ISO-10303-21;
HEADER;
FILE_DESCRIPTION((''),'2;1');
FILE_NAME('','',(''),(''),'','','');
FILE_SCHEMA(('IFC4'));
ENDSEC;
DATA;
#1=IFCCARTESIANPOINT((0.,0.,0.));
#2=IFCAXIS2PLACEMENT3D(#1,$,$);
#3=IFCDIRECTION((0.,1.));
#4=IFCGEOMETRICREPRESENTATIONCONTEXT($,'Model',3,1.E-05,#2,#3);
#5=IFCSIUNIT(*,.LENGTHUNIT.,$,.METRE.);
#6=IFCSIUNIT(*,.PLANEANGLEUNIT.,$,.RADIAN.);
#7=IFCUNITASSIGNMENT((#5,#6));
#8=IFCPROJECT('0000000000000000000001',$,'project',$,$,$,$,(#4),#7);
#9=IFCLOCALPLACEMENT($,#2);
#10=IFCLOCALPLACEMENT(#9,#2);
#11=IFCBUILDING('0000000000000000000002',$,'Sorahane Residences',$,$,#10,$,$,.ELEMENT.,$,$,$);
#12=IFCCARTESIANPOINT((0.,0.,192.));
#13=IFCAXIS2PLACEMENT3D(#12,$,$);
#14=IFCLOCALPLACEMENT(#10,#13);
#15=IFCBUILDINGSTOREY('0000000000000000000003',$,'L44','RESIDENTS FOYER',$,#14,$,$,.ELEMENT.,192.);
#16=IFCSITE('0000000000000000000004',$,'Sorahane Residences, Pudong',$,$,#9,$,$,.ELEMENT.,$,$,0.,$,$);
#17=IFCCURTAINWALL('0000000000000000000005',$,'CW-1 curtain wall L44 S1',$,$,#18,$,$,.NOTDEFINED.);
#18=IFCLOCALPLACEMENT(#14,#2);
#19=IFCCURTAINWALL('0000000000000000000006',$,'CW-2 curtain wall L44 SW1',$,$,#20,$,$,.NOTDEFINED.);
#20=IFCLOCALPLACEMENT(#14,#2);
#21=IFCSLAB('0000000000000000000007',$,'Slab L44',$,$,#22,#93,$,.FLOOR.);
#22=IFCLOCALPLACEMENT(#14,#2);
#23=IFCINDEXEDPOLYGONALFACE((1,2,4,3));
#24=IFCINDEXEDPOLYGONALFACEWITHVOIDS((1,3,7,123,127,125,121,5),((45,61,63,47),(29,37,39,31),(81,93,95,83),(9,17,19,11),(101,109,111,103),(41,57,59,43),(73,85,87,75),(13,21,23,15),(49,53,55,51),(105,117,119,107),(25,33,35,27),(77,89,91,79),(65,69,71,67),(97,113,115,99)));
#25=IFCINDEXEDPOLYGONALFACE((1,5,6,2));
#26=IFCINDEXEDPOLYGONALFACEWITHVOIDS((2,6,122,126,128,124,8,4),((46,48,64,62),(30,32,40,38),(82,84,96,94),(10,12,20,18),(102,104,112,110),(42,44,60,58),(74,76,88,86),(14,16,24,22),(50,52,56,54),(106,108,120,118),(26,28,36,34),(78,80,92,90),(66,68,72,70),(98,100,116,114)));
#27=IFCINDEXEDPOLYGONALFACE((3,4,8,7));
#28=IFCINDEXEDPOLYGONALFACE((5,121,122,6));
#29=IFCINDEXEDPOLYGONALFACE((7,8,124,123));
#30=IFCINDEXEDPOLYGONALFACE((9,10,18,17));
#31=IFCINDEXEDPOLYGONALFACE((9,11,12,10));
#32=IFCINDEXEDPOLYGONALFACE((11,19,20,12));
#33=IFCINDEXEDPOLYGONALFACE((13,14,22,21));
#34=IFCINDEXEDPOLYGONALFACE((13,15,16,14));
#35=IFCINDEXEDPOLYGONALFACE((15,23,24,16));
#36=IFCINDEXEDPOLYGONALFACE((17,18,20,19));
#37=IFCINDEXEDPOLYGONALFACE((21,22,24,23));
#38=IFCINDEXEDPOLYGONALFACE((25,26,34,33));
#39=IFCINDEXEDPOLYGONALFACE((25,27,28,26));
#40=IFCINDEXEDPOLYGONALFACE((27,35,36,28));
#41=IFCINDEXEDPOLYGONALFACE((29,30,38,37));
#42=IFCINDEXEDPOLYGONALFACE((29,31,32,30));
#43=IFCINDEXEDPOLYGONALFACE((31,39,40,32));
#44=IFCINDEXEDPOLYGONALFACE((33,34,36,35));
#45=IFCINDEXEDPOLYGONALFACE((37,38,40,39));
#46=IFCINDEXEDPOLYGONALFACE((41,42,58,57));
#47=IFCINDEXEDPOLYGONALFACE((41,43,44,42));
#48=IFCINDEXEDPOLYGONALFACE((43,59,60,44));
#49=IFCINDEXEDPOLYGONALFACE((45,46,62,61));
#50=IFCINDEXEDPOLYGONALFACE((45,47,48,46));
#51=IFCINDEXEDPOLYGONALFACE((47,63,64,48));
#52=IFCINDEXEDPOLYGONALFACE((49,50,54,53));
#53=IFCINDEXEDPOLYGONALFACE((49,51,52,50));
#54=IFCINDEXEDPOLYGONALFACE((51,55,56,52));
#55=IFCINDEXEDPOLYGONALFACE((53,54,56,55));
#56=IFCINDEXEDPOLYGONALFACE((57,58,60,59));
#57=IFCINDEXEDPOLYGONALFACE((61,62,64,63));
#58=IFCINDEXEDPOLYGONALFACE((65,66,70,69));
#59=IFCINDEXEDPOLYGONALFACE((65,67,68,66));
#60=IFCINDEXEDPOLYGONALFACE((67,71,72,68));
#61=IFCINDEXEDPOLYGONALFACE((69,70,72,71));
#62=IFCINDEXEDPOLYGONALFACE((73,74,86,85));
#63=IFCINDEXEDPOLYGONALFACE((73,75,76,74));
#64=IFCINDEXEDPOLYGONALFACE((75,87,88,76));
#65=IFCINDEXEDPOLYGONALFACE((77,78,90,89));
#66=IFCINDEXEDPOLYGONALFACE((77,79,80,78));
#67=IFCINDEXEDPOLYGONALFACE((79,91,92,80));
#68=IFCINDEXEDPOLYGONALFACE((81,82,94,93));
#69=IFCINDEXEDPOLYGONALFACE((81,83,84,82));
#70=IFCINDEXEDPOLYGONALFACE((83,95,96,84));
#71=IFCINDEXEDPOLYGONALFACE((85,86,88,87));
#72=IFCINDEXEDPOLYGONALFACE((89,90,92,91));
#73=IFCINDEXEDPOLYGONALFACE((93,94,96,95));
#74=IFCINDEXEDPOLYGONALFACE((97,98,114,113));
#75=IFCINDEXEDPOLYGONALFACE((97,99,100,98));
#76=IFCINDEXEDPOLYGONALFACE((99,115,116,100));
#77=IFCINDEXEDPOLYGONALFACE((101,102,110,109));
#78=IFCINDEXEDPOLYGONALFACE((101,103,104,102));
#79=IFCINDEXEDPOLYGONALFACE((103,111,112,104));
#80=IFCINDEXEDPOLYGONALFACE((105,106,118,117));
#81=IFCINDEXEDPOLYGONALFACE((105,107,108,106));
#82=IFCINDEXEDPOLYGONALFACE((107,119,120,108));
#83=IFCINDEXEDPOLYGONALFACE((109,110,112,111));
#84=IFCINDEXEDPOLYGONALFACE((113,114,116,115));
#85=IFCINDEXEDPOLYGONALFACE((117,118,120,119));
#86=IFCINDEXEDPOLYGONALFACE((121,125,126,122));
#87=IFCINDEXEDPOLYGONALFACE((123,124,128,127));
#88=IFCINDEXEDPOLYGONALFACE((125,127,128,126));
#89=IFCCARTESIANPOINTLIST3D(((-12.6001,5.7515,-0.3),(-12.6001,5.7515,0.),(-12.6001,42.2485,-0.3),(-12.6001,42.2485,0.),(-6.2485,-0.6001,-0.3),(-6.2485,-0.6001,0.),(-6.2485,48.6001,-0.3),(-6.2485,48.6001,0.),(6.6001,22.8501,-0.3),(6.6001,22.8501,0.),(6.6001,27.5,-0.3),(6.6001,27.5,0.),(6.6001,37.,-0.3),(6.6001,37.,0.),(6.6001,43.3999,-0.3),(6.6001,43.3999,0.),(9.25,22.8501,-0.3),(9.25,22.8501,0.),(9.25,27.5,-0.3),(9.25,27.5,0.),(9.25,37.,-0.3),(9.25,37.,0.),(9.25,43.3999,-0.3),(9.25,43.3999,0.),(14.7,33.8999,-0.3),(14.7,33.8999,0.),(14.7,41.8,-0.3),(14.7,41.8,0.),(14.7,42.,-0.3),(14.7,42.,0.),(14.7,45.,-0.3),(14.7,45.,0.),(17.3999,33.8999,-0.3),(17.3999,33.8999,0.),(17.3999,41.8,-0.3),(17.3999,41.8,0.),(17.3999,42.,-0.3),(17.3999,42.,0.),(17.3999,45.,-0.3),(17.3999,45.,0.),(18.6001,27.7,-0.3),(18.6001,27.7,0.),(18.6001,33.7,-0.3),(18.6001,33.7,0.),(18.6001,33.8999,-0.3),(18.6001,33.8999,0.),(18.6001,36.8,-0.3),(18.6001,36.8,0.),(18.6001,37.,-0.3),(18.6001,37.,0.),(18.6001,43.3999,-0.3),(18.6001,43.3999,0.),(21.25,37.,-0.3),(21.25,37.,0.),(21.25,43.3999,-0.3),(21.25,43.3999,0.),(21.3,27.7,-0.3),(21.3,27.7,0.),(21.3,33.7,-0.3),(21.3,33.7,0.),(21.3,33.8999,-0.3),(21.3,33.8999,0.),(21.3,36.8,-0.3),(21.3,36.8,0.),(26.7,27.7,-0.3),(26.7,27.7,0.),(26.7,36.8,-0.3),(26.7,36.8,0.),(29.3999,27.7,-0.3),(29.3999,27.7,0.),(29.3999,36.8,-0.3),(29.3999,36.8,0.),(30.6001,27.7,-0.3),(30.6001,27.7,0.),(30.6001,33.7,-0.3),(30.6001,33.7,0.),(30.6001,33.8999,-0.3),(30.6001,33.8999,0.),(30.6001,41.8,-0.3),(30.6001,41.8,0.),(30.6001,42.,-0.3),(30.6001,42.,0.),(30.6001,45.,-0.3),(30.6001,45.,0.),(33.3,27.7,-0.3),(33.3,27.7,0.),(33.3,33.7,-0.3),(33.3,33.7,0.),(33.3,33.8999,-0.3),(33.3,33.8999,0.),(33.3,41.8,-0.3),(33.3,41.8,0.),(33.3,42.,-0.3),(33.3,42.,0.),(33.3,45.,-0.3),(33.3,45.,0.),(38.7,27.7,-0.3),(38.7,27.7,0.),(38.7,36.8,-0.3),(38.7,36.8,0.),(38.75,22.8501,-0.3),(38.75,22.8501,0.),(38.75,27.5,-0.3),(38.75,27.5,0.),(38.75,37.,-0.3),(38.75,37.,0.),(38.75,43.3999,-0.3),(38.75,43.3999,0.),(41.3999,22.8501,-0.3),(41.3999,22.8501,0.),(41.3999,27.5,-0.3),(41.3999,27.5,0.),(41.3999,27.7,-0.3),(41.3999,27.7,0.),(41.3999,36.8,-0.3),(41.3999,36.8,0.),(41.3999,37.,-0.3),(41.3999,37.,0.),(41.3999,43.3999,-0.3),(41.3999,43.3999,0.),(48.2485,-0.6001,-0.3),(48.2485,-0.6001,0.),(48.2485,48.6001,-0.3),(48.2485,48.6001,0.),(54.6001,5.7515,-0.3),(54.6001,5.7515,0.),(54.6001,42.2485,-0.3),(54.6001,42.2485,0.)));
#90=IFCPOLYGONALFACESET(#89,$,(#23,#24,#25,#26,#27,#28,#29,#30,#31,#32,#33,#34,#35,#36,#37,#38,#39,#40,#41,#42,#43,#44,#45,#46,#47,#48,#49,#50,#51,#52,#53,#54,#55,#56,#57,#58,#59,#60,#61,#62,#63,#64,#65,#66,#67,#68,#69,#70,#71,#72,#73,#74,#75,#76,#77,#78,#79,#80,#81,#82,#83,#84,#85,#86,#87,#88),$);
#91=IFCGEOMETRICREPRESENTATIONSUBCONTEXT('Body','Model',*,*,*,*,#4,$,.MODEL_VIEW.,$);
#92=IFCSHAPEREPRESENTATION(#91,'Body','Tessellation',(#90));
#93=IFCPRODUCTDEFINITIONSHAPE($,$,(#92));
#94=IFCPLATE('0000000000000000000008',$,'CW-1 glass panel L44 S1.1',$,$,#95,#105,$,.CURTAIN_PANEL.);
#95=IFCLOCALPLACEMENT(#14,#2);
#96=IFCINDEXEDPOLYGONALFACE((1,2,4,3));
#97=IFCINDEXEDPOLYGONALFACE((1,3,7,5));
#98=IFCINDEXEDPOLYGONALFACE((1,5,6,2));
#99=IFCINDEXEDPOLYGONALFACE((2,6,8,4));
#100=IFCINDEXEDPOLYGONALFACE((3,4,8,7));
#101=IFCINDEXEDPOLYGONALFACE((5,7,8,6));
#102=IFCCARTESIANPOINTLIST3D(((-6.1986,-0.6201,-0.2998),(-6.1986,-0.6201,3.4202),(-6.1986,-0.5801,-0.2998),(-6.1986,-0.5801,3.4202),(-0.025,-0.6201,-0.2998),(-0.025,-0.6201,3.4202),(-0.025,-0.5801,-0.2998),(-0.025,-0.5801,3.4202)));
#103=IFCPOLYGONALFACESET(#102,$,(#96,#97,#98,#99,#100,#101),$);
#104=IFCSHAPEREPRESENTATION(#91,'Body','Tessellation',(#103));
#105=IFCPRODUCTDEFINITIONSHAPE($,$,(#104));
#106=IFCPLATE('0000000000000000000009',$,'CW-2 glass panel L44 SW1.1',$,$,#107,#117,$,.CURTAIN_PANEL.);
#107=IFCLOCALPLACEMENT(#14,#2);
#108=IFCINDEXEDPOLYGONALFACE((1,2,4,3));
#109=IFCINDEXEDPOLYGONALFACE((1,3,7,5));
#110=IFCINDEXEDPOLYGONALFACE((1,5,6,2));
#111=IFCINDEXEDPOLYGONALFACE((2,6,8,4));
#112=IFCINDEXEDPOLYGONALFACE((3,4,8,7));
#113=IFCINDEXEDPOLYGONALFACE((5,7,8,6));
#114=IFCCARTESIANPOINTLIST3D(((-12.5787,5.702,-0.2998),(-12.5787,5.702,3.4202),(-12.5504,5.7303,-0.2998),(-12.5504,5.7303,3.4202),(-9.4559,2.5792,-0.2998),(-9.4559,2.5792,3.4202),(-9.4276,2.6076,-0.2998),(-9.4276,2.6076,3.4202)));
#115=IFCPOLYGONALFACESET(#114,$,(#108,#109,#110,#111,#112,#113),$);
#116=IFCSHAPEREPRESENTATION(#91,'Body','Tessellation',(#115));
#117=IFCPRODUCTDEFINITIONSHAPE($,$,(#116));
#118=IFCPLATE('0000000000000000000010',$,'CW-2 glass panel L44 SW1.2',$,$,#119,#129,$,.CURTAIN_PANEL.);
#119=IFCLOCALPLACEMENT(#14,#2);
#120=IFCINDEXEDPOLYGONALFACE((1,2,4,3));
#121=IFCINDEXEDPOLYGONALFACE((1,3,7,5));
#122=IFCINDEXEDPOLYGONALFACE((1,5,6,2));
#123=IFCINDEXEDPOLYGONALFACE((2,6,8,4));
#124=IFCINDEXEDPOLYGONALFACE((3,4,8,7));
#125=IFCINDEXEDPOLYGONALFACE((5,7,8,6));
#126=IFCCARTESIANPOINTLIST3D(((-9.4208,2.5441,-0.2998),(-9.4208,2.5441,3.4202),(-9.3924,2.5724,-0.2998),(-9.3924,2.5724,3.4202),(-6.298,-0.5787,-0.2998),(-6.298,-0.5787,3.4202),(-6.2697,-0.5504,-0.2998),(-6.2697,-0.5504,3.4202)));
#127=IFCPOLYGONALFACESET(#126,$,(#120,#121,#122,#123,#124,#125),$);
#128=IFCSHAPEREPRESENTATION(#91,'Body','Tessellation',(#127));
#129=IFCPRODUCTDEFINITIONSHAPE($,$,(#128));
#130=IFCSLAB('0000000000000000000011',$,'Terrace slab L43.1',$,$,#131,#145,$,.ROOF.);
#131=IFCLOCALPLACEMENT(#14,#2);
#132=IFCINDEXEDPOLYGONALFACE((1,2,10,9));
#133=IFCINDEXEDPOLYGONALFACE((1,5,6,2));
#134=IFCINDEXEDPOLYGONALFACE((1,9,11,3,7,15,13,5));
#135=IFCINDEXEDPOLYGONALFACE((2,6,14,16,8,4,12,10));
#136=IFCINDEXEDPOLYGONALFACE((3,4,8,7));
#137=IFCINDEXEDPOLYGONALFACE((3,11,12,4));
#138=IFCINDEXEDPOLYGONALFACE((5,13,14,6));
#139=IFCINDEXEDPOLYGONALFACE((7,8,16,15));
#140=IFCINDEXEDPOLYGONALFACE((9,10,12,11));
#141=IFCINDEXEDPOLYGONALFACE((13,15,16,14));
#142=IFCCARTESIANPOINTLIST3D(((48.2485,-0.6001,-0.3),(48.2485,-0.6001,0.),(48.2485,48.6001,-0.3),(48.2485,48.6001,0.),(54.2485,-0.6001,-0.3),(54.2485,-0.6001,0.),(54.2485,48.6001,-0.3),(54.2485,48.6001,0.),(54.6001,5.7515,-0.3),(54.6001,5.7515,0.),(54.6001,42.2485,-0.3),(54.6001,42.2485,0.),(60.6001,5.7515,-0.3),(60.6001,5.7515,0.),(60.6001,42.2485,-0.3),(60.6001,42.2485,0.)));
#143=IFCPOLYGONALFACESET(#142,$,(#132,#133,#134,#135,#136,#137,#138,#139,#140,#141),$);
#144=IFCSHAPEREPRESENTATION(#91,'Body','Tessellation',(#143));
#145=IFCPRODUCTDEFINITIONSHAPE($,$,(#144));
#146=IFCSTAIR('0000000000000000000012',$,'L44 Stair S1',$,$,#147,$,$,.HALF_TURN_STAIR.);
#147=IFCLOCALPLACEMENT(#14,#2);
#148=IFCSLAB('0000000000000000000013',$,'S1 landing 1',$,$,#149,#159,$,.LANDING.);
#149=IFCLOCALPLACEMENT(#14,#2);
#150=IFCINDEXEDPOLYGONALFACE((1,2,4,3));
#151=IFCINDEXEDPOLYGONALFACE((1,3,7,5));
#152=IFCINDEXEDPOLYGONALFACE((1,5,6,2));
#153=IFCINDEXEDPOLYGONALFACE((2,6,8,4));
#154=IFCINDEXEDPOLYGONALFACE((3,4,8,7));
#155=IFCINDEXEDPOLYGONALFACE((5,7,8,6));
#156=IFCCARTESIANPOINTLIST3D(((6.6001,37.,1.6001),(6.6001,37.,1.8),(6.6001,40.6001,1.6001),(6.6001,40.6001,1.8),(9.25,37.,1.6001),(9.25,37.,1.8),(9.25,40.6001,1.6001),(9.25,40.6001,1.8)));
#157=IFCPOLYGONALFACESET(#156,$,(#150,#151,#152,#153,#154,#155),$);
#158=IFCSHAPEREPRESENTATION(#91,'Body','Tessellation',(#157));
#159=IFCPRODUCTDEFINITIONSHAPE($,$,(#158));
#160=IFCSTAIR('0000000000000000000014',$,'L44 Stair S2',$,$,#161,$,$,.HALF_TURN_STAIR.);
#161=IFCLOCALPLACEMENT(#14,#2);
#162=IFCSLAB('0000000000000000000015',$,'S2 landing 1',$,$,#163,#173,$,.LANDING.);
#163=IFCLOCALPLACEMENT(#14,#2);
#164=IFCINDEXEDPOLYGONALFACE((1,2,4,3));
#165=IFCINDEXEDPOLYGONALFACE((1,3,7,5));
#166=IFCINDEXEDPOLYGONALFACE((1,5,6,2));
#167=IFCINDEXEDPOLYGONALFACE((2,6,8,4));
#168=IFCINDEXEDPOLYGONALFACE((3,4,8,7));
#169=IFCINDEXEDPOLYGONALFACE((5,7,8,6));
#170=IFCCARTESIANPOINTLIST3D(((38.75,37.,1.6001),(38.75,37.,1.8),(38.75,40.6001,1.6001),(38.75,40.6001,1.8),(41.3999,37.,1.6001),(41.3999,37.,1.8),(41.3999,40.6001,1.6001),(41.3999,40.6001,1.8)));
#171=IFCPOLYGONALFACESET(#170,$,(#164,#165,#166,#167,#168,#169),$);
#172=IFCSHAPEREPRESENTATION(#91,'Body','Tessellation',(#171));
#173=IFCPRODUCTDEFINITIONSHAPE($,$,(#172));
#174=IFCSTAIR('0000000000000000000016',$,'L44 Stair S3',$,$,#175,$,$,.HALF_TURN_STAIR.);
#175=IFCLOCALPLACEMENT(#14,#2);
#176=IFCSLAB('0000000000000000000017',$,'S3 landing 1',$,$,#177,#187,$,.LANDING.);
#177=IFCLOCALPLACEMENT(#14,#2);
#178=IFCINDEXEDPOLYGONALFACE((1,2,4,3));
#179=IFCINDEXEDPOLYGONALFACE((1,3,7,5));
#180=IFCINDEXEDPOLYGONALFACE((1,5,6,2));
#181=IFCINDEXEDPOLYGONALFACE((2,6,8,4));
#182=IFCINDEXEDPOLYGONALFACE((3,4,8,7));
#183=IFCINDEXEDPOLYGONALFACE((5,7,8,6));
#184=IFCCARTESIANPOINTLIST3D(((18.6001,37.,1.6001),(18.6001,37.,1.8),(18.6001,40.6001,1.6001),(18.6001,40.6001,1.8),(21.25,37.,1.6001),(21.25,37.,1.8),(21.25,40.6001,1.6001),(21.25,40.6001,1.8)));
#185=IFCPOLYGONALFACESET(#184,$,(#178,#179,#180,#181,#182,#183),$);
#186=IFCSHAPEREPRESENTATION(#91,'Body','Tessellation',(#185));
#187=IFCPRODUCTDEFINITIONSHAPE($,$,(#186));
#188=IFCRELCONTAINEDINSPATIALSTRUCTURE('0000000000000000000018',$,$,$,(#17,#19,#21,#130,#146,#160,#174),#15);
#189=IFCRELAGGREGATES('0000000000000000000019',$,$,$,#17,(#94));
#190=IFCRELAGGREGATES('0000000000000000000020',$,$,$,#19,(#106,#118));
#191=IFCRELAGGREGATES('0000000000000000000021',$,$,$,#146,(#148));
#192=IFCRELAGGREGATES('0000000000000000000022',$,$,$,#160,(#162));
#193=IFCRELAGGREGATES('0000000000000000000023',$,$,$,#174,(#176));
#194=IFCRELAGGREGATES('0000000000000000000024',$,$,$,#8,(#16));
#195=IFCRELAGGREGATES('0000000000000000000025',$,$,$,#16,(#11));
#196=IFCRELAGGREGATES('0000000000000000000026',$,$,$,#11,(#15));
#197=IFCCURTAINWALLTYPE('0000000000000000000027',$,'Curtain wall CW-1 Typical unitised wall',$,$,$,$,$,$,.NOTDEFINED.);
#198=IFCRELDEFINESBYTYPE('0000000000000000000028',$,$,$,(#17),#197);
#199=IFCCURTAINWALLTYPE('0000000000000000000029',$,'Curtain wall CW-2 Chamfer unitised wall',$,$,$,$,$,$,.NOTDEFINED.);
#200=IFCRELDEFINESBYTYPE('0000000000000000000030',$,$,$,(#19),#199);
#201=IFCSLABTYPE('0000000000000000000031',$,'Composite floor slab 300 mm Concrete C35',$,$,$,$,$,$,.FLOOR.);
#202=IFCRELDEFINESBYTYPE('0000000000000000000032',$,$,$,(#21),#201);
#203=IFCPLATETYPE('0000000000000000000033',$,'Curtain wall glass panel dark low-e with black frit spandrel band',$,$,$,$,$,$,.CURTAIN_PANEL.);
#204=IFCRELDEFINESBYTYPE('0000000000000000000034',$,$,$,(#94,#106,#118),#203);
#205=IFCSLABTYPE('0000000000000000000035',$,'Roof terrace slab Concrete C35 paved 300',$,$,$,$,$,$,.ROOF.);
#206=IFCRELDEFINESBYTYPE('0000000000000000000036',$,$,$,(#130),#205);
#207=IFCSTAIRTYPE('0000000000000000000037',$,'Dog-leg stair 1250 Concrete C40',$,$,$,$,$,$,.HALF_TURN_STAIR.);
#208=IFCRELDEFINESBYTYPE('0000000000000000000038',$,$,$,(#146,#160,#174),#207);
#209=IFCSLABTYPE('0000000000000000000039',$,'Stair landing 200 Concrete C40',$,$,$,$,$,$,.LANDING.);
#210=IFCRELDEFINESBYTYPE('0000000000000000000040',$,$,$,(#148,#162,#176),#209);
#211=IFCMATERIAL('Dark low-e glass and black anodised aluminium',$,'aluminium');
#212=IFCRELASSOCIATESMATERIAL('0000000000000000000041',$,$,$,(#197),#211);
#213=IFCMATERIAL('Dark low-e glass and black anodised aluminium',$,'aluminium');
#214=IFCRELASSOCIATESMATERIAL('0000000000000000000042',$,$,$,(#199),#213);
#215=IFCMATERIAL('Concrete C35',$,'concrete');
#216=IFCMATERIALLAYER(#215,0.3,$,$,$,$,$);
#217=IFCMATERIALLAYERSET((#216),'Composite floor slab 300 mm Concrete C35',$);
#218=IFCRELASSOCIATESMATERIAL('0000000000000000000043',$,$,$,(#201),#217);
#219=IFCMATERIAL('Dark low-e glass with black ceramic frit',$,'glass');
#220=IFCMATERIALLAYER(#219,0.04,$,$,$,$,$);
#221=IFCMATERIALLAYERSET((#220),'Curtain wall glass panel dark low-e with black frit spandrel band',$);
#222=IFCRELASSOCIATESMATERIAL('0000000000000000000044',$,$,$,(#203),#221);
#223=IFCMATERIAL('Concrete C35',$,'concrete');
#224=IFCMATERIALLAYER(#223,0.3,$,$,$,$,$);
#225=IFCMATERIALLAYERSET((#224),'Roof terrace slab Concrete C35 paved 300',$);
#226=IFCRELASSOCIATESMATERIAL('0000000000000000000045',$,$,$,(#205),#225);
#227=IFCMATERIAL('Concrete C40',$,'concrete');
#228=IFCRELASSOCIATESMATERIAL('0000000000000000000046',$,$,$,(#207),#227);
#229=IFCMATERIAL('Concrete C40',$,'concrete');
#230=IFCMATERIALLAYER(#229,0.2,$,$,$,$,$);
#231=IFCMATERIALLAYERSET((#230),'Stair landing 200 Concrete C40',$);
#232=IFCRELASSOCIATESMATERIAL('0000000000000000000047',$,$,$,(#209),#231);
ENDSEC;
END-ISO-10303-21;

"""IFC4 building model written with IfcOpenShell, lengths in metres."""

from ifc_helpers import new_model, si_unit, direction, frame, origin, origin_2d, place, context, subcontext, project, spatial, polyline, rectangle, outline, extrude, material, layer, layer_set, type_object, element, aggregate, save


model = new_model("IFC4")

# Units and contexts
model_context = context("Model", 3, precision=1e-05, world=origin(), true_north=direction((0.0, 1.0)))
body_context = subcontext(model_context, "Body", "Model", "MODEL_VIEW")
ifc_project = project(units=[si_unit("LENGTHUNIT", "METRE"), si_unit("PLANEANGLEUNIT", "RADIAN")], contexts=[model_context])

# Site, building, storey
site_placement = place(None, origin())
site = spatial("IfcSite", under=ifc_project, at=site_placement, Name="Sorahane Residences, Pudong", CompositionType="ELEMENT", RefElevation=0.0)
building_placement = place(site_placement, origin())
building = spatial("IfcBuilding", under=site, at=building_placement, Name="Sorahane Residences", CompositionType="ELEMENT")
storey_placement = place(building_placement, frame((0.0, 0.0, 192.0)))
storey = spatial("IfcBuildingStorey", under=building, at=storey_placement, Name="L44", Description="RESIDENTS FOYER", CompositionType="ELEMENT", Elevation=192.0)

# Curtain wall
ifc_material_1 = material(Name="Dark low-e glass and black anodised aluminium", Category="aluminium")
curtain_wall_type_1 = type_object("IfcCurtainWallType", Name="Curtain wall CW-1 Typical unitised wall", PredefinedType="NOTDEFINED", material=ifc_material_1)
curtain_wall_1_placement = place(storey_placement, origin())
curtain_wall_1 = element("IfcCurtainWall", 1, at=curtain_wall_1_placement, inside=storey, type_object=curtain_wall_type_1, Name="CW-1 curtain wall L44 S1", PredefinedType="NOTDEFINED")

# Curtain wall
ifc_material_2 = material(Name="Dark low-e glass and black anodised aluminium", Category="aluminium")
curtain_wall_type_2 = type_object("IfcCurtainWallType", Name="Curtain wall CW-2 Chamfer unitised wall", PredefinedType="NOTDEFINED", material=ifc_material_2)
curtain_wall_2_placement = place(storey_placement, origin())
curtain_wall_2 = element("IfcCurtainWall", 2, at=curtain_wall_2_placement, inside=storey, type_object=curtain_wall_type_2, Name="CW-2 curtain wall L44 SW1", PredefinedType="NOTDEFINED")

# Slab
ifc_material_3 = material(Name="Concrete C35", Category="concrete")
ifc_layer_1 = layer(ifc_material_3, 0.3)
ifc_layer_set_1 = layer_set([ifc_layer_1], Name="Composite floor slab 300 mm Concrete C35")
slab_type_1 = type_object("IfcSlabType", Name="Composite floor slab 300 mm Concrete C35", PredefinedType="FLOOR", material=ifc_layer_set_1)
slab_1_placement = place(storey_placement, frame((0.0, 0.0, -0.3)))
element("IfcSlab", 3, at=slab_1_placement, inside=storey, type_object=slab_type_1, Name="Slab L44", PredefinedType="FLOOR", context=body_context, shape_type="SweptSolid", body=[
    extrude(outline(polyline([(-6.2485, -0.6001), (-12.6001, 5.7515), (-12.6001, 42.2485), (-6.2485, 48.6001), (48.2485, 48.6001), (54.6001, 42.2485), (54.6001, 5.7515), (48.2485, -0.6001), (-6.2485, -0.6001)]), holes=[polyline([(18.6001, 27.7), (21.3, 27.7), (21.3, 33.7), (18.6001, 33.7), (18.6001, 27.7)]), polyline([(38.7, 27.7), (41.3999, 27.7), (41.3999, 36.8), (38.7, 36.8), (38.7, 27.7)]), polyline([(30.6001, 27.7), (33.3, 27.7), (33.3, 33.7), (30.6001, 33.7), (30.6001, 27.7)]), polyline([(30.6001, 42.0), (33.3, 42.0), (33.3, 45.0), (30.6001, 45.0), (30.6001, 42.0)]), polyline([(14.7, 42.0), (17.3999, 42.0), (17.3999, 45.0), (14.7, 45.0), (14.7, 42.0)]), polyline([(6.6001, 43.3999), (6.6001, 37.0), (9.25, 37.0), (9.25, 43.3999), (6.6001, 43.3999)]), polyline([(38.75, 43.3999), (38.75, 37.0), (41.3999, 37.0), (41.3999, 43.3999), (38.75, 43.3999)]), polyline([(18.6001, 43.3999), (18.6001, 37.0), (21.25, 37.0), (21.25, 43.3999), (18.6001, 43.3999)]), polyline([(9.25, 22.8501), (9.25, 27.5), (6.6001, 27.5), (6.6001, 22.8501), (9.25, 22.8501)]), polyline([(41.3999, 22.8501), (41.3999, 27.5), (38.75, 27.5), (38.75, 22.8501), (41.3999, 22.8501)]), polyline([(14.7, 33.8999), (17.3999, 33.8999), (17.3999, 41.8), (14.7, 41.8), (14.7, 33.8999)]), polyline([(30.6001, 33.8999), (33.3, 33.8999), (33.3, 41.8), (30.6001, 41.8), (30.6001, 33.8999)]), polyline([(18.6001, 33.8999), (21.3, 33.8999), (21.3, 36.8), (18.6001, 36.8), (18.6001, 33.8999)]), polyline([(26.7, 27.7), (29.3999, 27.7), (29.3999, 36.8), (26.7, 36.8), (26.7, 27.7)])]), origin(), (0.0, 0.0, 1.0), 0.3),
])

# Plates
ifc_material_4 = material(Name="Dark low-e glass with black ceramic frit", Category="glass")
ifc_layer_2 = layer(ifc_material_4, 0.04)
ifc_layer_set_2 = layer_set([ifc_layer_2], Name="Curtain wall glass panel dark low-e with black frit spandrel band")
plate_type = type_object("IfcPlateType", Name="Curtain wall glass panel dark low-e with black frit spandrel band", PredefinedType="CURTAIN_PANEL", material=ifc_layer_set_2)
plate_1_placement = place(storey_placement, frame((-3.1118, -0.6001, -0.2998), z_axis=(0.0, 0.0, 1.0), x_axis=(1.0, 0.0, 0.0)))
plate_1 = element("IfcPlate", 4, at=plate_1_placement, type_object=plate_type, Name="CW-1 glass panel L44 S1.1", PredefinedType="CURTAIN_PANEL", context=body_context, shape_type="SweptSolid", body=[
    extrude(rectangle(XDim=6.1736, YDim=0.04, at=origin_2d()), origin(), (0.0, 0.0, 1.0), 3.72),
])
aggregate(curtain_wall_1, [plate_1])
plate_2_placement = place(storey_placement, frame((-11.0032, 4.1548, -0.2998), z_axis=(0.0, 0.0, 1.0), x_axis=(0.707107, -0.707107, 0.0)))
plate_2 = element("IfcPlate", 5, at=plate_2_placement, type_object=plate_type, Name="CW-2 glass panel L44 SW1.1", PredefinedType="CURTAIN_PANEL", context=body_context, shape_type="SweptSolid", body=[
    extrude(rectangle(XDim=4.4163, YDim=0.04, at=origin_2d()), origin(), (0.0, 0.0, 1.0), 3.72),
])
plate_3_placement = place(storey_placement, frame((-7.8452, 0.9968, -0.2998), z_axis=(0.0, 0.0, 1.0), x_axis=(0.707107, -0.707107, 0.0)))
plate_3 = element("IfcPlate", 6, at=plate_3_placement, type_object=plate_type, Name="CW-2 glass panel L44 SW1.2", PredefinedType="CURTAIN_PANEL", context=body_context, shape_type="SweptSolid", body=[
    extrude(rectangle(XDim=4.4163, YDim=0.04, at=origin_2d()), origin(), (0.0, 0.0, 1.0), 3.72),
])
aggregate(curtain_wall_2, [plate_2, plate_3])

# Slab
ifc_material_5 = material(Name="Concrete C35", Category="concrete")
ifc_layer_3 = layer(ifc_material_5, 0.3)
ifc_layer_set_3 = layer_set([ifc_layer_3], Name="Roof terrace slab Concrete C35 paved 300")
slab_type_2 = type_object("IfcSlabType", Name="Roof terrace slab Concrete C35 paved 300", PredefinedType="ROOF", material=ifc_layer_set_3)
slab_2_placement = place(storey_placement, frame((0.0, 0.0, -0.3)))
element("IfcSlab", 7, at=slab_2_placement, inside=storey, type_object=slab_type_2, Name="Terrace slab L43.1", PredefinedType="ROOF", context=body_context, shape_type="SweptSolid", body=[
    extrude(outline(polyline([(54.2485, 48.6001), (60.6001, 42.2485), (60.6001, 5.7515), (54.2485, -0.6001), (48.2485, -0.6001), (54.6001, 5.7515), (54.6001, 42.2485), (48.2485, 48.6001), (54.2485, 48.6001)])), origin(), (0.0, 0.0, 1.0), 0.3),
])

# Stairs, slabs
ifc_material_6 = material(Name="Concrete C40", Category="concrete")
stair_type = type_object("IfcStairType", Name="Dog-leg stair 1250 Concrete C40", PredefinedType="HALF_TURN_STAIR", material=ifc_material_6)
stair_1_placement = place(storey_placement, origin())
stair_1 = element("IfcStair", 8, at=stair_1_placement, inside=storey, type_object=stair_type, Name="L44 Stair S1", PredefinedType="HALF_TURN_STAIR")
ifc_material_7 = material(Name="Concrete C40", Category="concrete")
ifc_layer_4 = layer(ifc_material_7, 0.2)
ifc_layer_set_4 = layer_set([ifc_layer_4], Name="Stair landing 200 Concrete C40")
slab_type_3 = type_object("IfcSlabType", Name="Stair landing 200 Concrete C40", PredefinedType="LANDING", material=ifc_layer_set_4)
slab_3_placement = place(storey_placement, frame((0.0, 0.0, 1.6001)))
slab_3 = element("IfcSlab", 9, at=slab_3_placement, type_object=slab_type_3, Name="S1 landing 1", PredefinedType="LANDING", context=body_context, shape_type="SweptSolid", body=[
    extrude(outline(polyline([(6.6001, 40.6001), (6.6001, 37.0), (9.25, 37.0), (9.25, 40.6001), (6.6001, 40.6001)])), origin(), (0.0, 0.0, 1.0), 0.2),
])
aggregate(stair_1, [slab_3])
stair_2_placement = place(storey_placement, origin())
stair_2 = element("IfcStair", 10, at=stair_2_placement, inside=storey, type_object=stair_type, Name="L44 Stair S2", PredefinedType="HALF_TURN_STAIR")
slab_4_placement = place(storey_placement, frame((0.0, 0.0, 1.6001)))
slab_4 = element("IfcSlab", 11, at=slab_4_placement, type_object=slab_type_3, Name="S2 landing 1", PredefinedType="LANDING", context=body_context, shape_type="SweptSolid", body=[
    extrude(outline(polyline([(38.75, 40.6001), (38.75, 37.0), (41.3999, 37.0), (41.3999, 40.6001), (38.75, 40.6001)])), origin(), (0.0, 0.0, 1.0), 0.2),
])
aggregate(stair_2, [slab_4])
stair_3_placement = place(storey_placement, origin())
stair_3 = element("IfcStair", 12, at=stair_3_placement, inside=storey, type_object=stair_type, Name="L44 Stair S3", PredefinedType="HALF_TURN_STAIR")
slab_5_placement = place(storey_placement, frame((0.0, 0.0, 1.6001)))
slab_5 = element("IfcSlab", 13, at=slab_5_placement, type_object=slab_type_3, Name="S3 landing 1", PredefinedType="LANDING", context=body_context, shape_type="SweptSolid", body=[
    extrude(outline(polyline([(18.6001, 40.6001), (18.6001, 37.0), (21.25, 37.0), (21.25, 40.6001), (18.6001, 40.6001)])), origin(), (0.0, 0.0, 1.0), 0.2),
])
aggregate(stair_3, [slab_5])

save(model, "model.ifc")
